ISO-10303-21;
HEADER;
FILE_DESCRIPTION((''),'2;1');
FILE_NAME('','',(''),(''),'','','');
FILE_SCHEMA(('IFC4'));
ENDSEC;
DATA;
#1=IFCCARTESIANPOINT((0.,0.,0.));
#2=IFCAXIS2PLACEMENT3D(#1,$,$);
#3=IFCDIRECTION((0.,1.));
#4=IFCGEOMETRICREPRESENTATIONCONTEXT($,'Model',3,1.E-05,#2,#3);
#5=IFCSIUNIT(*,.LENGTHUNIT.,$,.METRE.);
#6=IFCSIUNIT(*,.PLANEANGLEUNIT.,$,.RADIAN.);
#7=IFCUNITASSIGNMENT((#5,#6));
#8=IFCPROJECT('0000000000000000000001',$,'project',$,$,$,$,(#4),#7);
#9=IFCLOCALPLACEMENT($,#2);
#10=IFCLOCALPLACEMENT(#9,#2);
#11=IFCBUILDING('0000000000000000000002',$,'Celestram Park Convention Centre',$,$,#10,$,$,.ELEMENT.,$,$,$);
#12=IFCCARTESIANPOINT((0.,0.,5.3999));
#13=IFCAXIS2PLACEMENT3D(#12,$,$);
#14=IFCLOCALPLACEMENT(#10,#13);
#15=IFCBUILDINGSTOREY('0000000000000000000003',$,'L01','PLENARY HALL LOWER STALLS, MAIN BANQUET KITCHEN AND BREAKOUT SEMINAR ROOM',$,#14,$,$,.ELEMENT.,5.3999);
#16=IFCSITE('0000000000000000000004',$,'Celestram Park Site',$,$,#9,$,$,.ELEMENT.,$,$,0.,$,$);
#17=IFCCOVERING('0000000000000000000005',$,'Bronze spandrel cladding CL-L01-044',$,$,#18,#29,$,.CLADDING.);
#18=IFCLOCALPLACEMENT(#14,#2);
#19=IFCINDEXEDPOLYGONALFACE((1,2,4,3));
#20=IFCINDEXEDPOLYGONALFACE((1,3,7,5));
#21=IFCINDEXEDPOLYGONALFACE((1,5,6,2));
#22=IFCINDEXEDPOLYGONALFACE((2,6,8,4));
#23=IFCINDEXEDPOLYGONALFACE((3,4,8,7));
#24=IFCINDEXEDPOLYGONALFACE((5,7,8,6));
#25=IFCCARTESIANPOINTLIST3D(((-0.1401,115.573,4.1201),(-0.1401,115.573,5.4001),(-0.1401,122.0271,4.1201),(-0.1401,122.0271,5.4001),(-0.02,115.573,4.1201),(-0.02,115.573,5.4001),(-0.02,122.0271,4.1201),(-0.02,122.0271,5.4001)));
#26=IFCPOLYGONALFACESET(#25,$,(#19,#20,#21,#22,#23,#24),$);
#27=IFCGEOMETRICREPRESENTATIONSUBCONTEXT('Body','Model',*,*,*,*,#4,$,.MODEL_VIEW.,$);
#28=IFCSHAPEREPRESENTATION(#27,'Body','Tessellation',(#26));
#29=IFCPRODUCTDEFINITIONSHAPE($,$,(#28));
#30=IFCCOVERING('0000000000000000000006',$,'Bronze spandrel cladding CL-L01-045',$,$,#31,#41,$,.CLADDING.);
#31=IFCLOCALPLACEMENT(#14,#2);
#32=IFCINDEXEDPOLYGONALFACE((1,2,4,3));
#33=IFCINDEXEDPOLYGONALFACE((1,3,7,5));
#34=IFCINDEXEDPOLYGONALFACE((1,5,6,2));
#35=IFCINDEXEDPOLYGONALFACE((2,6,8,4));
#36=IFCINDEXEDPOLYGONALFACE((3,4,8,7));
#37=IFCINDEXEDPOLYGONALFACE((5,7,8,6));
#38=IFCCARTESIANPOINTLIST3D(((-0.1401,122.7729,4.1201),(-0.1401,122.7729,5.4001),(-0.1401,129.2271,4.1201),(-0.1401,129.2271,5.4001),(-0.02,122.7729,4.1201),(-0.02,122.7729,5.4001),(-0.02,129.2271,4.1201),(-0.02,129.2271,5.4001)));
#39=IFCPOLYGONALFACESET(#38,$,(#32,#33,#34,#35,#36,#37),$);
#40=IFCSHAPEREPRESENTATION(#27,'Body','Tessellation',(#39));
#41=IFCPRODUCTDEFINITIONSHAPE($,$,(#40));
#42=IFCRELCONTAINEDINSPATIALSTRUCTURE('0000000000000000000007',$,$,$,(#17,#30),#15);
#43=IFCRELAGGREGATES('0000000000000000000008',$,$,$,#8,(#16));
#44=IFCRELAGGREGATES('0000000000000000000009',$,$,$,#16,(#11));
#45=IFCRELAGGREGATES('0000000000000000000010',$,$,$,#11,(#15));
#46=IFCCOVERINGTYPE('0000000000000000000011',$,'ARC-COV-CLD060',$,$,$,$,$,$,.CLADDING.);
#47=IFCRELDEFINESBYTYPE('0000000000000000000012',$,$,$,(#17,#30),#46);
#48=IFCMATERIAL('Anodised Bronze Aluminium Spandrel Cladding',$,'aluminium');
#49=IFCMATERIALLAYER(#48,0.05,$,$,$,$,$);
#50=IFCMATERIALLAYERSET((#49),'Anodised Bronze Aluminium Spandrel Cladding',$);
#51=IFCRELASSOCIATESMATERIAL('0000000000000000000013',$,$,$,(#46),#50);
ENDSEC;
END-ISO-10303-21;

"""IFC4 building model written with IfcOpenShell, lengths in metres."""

from ifc_helpers import new_model, si_unit, direction, frame, origin, origin_2d, place, context, subcontext, project, spatial, rectangle, extrude, material, layer, layer_set, type_object, element, save


model = new_model("IFC4")

# Units and contexts
model_context = context("Model", 3, precision=1e-05, world=origin(), true_north=direction((0.0, 1.0)))
body_context = subcontext(model_context, "Body", "Model", "MODEL_VIEW")
ifc_project = project(units=[si_unit("LENGTHUNIT", "METRE"), si_unit("PLANEANGLEUNIT", "RADIAN")], contexts=[model_context])

# Site, building, storey
site_placement = place(None, origin())
site = spatial("IfcSite", under=ifc_project, at=site_placement, Name="Celestram Park Site", CompositionType="ELEMENT", RefElevation=0.0)
building_placement = place(site_placement, origin())
building = spatial("IfcBuilding", under=site, at=building_placement, Name="Celestram Park Convention Centre", CompositionType="ELEMENT")
storey_placement = place(building_placement, frame((0.0, 0.0, 5.3999)))
storey = spatial("IfcBuildingStorey", under=building, at=storey_placement, Name="L01", Description="PLENARY HALL LOWER STALLS, MAIN BANQUET KITCHEN AND BREAKOUT SEMINAR ROOM", CompositionType="ELEMENT", Elevation=5.3999)

# Coverings
ifc_material_1 = material(Name="Anodised Bronze Aluminium Spandrel Cladding", Category="aluminium")
ifc_layer_1 = layer(ifc_material_1, 0.05)
ifc_layer_set_1 = layer_set([ifc_layer_1], Name="Anodised Bronze Aluminium Spandrel Cladding")
covering_type = type_object("IfcCoveringType", Name="ARC-COV-CLD060", PredefinedType="CLADDING", material=ifc_layer_set_1)
for number, where, z_axis, x_axis, name in (
    (1, (-0.0801, 118.8, 4.1201), (0.0, 0.0, 1.0), (0.0, 1.0, 0.0), "Bronze spandrel cladding CL-L01-044"),
    (2, (-0.0801, 126.0, 4.1201), (0.0, 0.0, 1.0), (0.0, 1.0, 0.0), "Bronze spandrel cladding CL-L01-045"),
):
    element("IfcCovering", number, at=place(storey_placement, frame(where, z_axis=z_axis, x_axis=x_axis)), inside=storey, type_object=covering_type, Name=name, PredefinedType="CLADDING", context=body_context, shape_type="SweptSolid", body=[
        extrude(rectangle(XDim=6.4541, YDim=0.1201, at=origin_2d()), origin(), (0.0, 0.0, 1.0), 1.28),
    ])

save(model, "model.ifc")
